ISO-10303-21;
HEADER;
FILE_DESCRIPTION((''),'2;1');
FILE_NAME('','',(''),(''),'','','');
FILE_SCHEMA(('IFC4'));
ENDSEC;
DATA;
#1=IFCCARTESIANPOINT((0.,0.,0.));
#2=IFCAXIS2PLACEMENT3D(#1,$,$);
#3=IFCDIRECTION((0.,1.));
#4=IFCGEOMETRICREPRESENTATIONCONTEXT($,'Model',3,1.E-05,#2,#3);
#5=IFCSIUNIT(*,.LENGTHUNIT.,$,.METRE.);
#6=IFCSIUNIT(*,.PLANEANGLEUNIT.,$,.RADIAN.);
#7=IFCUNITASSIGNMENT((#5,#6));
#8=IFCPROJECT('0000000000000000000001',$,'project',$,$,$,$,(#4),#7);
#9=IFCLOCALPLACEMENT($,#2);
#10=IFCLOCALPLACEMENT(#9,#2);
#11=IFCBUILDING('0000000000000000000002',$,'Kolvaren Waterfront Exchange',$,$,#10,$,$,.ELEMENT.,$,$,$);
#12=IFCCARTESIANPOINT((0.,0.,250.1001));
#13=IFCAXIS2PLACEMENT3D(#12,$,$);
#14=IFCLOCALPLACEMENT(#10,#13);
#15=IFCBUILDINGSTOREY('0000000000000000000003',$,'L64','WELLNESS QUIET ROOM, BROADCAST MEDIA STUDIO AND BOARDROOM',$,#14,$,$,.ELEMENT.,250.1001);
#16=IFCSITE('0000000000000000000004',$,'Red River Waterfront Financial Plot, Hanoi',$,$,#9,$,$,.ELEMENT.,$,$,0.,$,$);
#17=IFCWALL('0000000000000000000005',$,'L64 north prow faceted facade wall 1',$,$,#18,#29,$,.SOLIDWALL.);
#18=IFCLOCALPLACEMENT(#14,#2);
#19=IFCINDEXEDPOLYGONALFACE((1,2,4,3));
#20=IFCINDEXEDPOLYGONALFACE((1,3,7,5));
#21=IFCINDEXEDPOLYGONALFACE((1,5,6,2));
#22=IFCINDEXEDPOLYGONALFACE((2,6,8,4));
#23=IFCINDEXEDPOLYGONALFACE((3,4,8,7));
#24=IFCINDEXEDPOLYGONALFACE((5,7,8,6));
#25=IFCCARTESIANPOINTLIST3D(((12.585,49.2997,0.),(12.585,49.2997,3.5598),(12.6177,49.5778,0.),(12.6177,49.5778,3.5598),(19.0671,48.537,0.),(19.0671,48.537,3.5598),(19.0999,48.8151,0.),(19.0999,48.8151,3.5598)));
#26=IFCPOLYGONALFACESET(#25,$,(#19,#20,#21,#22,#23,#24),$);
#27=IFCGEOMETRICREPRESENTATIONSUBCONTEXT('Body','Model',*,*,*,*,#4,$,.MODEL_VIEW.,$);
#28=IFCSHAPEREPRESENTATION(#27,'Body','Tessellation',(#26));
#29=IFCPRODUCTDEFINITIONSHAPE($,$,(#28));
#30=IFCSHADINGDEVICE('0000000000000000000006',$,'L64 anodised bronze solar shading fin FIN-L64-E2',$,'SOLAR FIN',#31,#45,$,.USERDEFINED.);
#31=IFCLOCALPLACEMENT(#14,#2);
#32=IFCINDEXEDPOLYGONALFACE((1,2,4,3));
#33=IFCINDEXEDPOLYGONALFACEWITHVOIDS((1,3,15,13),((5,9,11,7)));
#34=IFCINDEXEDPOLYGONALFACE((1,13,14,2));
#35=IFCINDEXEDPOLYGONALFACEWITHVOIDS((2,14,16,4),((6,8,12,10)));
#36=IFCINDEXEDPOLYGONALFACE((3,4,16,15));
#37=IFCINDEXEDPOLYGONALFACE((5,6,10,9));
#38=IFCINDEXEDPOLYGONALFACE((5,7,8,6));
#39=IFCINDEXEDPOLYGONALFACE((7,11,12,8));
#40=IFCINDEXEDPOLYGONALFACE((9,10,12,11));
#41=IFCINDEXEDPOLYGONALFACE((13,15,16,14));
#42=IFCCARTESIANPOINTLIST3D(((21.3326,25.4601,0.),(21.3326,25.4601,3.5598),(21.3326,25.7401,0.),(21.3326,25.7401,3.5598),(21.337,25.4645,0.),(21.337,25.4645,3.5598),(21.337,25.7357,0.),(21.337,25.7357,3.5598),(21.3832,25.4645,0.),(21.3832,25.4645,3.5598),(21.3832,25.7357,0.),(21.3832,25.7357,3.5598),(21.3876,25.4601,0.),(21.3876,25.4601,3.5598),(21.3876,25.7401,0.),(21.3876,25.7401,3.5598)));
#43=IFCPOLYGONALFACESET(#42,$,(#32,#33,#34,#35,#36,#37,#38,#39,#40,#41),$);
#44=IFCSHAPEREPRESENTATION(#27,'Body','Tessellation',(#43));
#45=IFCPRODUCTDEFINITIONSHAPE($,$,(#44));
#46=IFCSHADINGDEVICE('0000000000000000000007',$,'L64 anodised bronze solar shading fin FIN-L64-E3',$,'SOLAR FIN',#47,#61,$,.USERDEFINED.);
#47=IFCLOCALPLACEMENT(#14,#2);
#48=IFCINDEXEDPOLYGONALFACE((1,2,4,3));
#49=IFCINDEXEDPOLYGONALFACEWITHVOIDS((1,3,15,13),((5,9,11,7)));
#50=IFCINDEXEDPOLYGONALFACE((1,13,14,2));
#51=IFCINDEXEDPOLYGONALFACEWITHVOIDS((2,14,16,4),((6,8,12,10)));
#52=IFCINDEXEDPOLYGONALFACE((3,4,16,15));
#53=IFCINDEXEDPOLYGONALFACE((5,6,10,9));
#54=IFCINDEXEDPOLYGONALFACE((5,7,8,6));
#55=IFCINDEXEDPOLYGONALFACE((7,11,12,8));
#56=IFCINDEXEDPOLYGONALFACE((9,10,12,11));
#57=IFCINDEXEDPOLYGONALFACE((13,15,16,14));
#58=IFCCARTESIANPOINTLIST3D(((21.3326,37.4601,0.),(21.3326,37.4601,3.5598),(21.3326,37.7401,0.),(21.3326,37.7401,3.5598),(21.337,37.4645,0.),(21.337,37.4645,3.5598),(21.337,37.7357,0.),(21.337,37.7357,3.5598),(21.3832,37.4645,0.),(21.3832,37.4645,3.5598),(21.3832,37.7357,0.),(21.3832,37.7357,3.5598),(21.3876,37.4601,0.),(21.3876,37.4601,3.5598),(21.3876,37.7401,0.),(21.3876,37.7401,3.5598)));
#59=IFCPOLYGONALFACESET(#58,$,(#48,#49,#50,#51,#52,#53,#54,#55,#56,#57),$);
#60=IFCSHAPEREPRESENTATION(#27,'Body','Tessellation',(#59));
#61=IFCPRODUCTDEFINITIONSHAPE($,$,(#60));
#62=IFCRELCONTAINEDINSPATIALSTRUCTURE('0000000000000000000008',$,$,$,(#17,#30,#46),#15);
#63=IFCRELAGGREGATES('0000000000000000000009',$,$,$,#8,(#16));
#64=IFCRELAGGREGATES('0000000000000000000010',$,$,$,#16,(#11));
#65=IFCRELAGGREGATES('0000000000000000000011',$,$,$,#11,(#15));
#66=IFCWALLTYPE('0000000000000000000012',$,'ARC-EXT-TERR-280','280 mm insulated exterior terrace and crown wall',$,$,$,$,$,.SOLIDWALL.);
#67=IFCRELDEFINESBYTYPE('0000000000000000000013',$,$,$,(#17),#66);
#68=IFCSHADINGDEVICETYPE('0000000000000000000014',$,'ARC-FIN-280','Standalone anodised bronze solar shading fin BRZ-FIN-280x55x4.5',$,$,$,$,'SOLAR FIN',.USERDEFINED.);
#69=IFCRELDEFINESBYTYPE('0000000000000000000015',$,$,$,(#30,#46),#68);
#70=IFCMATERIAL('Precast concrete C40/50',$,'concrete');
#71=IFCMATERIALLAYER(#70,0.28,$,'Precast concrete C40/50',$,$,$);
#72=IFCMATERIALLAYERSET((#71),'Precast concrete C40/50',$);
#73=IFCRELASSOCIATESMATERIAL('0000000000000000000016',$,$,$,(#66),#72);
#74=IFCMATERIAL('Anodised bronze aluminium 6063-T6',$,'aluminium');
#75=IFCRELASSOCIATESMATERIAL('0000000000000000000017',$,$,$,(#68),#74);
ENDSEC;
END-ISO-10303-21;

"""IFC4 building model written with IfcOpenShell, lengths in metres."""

from ifc_helpers import new_model, si_unit, direction, frame, frame_2d, origin, origin_2d, place, context, subcontext, project, spatial, rectangle, hollow_rectangle, extrude, material, layer, layer_set, material_profile, profile_set, type_object, element, save


model = new_model("IFC4")

# Units and contexts
model_context = context("Model", 3, precision=1e-05, world=origin(), true_north=direction((0.0, 1.0)))
body_context = subcontext(model_context, "Body", "Model", "MODEL_VIEW")
ifc_project = project(units=[si_unit("LENGTHUNIT", "METRE"), si_unit("PLANEANGLEUNIT", "RADIAN")], contexts=[model_context])

# Site, building, storey
site_placement = place(None, origin())
site = spatial("IfcSite", under=ifc_project, at=site_placement, Name="Red River Waterfront Financial Plot, Hanoi", CompositionType="ELEMENT", RefElevation=0.0)
building_placement = place(site_placement, origin())
building = spatial("IfcBuilding", under=site, at=building_placement, Name="Kolvaren Waterfront Exchange", CompositionType="ELEMENT")
storey_placement = place(building_placement, frame((0.0, 0.0, 250.1001)))
storey = spatial("IfcBuildingStorey", under=building, at=storey_placement, Name="L64", Description="WELLNESS QUIET ROOM, BROADCAST MEDIA STUDIO AND BOARDROOM", CompositionType="ELEMENT", Elevation=250.1001)

# Shared definitions
ifc_material_1 = material(Name="Anodised bronze aluminium 6063-T6", Category="aluminium")

# Wall
ifc_material_2 = material(Name="Precast concrete C40/50", Category="concrete")
ifc_layer_1 = layer(ifc_material_2, 0.28, Name="Precast concrete C40/50")
ifc_layer_set_1 = layer_set([ifc_layer_1], Name="Precast concrete C40/50")
wall_type = type_object("IfcWallType", Name="ARC-EXT-TERR-280", Description="280 mm insulated exterior terrace and crown wall", PredefinedType="SOLIDWALL", material=ifc_layer_set_1)
wall_1_placement = place(storey_placement, frame((19.0835, 48.676, 0.0), z_axis=(0.0, 0.0, 1.0), x_axis=(-0.993149, 0.116854, 0.0)))
element("IfcWall", 1, at=wall_1_placement, inside=storey, type_object=wall_type, Name="L64 north prow faceted facade wall 1", PredefinedType="SOLIDWALL", context=body_context, shape_type="SweptSolid", body=[
    extrude(rectangle(XDim=6.5269, YDim=0.28, at=frame_2d((3.2634, 0.0))), origin(), (0.0, 0.0, 1.0), 3.5598),
])

# Shading devices
ifc_material_profile_1 = material_profile(ifc_material_1, hollow_rectangle(XDim=0.0549, YDim=0.28, WallThickness=0.0044, at=origin_2d()), Name="BRZ-FIN-280x55x4.5")
ifc_profile_set_1 = profile_set([ifc_material_profile_1], Name="Anodised bronze aluminium 6063-T6")
shading_device_type = type_object("IfcShadingDeviceType", Name="ARC-FIN-280", Description="Standalone anodised bronze solar shading fin BRZ-FIN-280x55x4.5", ElementType="SOLAR FIN", PredefinedType="USERDEFINED", material=ifc_profile_set_1)
for number, where, z_axis, x_axis, name in (
    (2, (21.3601, 25.6001, 0.0), (0.0, 0.0, 1.0), (1.0, 0.0, 0.0), "L64 anodised bronze solar shading fin FIN-L64-E2"),
    (3, (21.3601, 37.6001, 0.0), (0.0, 0.0, 1.0), (1.0, 0.0, 0.0), "L64 anodised bronze solar shading fin FIN-L64-E3"),
):
    element("IfcShadingDevice", number, at=place(storey_placement, frame(where, z_axis=z_axis, x_axis=x_axis)), inside=storey, type_object=shading_device_type, Name=name, ObjectType="SOLAR FIN", PredefinedType="USERDEFINED", context=body_context, shape_type="SweptSolid", body=[
        extrude(hollow_rectangle(XDim=0.0549, YDim=0.28, WallThickness=0.0044, at=origin_2d()), origin(), (0.0, 0.0, 1.0), 3.5598),
    ])

save(model, "model.ifc")
